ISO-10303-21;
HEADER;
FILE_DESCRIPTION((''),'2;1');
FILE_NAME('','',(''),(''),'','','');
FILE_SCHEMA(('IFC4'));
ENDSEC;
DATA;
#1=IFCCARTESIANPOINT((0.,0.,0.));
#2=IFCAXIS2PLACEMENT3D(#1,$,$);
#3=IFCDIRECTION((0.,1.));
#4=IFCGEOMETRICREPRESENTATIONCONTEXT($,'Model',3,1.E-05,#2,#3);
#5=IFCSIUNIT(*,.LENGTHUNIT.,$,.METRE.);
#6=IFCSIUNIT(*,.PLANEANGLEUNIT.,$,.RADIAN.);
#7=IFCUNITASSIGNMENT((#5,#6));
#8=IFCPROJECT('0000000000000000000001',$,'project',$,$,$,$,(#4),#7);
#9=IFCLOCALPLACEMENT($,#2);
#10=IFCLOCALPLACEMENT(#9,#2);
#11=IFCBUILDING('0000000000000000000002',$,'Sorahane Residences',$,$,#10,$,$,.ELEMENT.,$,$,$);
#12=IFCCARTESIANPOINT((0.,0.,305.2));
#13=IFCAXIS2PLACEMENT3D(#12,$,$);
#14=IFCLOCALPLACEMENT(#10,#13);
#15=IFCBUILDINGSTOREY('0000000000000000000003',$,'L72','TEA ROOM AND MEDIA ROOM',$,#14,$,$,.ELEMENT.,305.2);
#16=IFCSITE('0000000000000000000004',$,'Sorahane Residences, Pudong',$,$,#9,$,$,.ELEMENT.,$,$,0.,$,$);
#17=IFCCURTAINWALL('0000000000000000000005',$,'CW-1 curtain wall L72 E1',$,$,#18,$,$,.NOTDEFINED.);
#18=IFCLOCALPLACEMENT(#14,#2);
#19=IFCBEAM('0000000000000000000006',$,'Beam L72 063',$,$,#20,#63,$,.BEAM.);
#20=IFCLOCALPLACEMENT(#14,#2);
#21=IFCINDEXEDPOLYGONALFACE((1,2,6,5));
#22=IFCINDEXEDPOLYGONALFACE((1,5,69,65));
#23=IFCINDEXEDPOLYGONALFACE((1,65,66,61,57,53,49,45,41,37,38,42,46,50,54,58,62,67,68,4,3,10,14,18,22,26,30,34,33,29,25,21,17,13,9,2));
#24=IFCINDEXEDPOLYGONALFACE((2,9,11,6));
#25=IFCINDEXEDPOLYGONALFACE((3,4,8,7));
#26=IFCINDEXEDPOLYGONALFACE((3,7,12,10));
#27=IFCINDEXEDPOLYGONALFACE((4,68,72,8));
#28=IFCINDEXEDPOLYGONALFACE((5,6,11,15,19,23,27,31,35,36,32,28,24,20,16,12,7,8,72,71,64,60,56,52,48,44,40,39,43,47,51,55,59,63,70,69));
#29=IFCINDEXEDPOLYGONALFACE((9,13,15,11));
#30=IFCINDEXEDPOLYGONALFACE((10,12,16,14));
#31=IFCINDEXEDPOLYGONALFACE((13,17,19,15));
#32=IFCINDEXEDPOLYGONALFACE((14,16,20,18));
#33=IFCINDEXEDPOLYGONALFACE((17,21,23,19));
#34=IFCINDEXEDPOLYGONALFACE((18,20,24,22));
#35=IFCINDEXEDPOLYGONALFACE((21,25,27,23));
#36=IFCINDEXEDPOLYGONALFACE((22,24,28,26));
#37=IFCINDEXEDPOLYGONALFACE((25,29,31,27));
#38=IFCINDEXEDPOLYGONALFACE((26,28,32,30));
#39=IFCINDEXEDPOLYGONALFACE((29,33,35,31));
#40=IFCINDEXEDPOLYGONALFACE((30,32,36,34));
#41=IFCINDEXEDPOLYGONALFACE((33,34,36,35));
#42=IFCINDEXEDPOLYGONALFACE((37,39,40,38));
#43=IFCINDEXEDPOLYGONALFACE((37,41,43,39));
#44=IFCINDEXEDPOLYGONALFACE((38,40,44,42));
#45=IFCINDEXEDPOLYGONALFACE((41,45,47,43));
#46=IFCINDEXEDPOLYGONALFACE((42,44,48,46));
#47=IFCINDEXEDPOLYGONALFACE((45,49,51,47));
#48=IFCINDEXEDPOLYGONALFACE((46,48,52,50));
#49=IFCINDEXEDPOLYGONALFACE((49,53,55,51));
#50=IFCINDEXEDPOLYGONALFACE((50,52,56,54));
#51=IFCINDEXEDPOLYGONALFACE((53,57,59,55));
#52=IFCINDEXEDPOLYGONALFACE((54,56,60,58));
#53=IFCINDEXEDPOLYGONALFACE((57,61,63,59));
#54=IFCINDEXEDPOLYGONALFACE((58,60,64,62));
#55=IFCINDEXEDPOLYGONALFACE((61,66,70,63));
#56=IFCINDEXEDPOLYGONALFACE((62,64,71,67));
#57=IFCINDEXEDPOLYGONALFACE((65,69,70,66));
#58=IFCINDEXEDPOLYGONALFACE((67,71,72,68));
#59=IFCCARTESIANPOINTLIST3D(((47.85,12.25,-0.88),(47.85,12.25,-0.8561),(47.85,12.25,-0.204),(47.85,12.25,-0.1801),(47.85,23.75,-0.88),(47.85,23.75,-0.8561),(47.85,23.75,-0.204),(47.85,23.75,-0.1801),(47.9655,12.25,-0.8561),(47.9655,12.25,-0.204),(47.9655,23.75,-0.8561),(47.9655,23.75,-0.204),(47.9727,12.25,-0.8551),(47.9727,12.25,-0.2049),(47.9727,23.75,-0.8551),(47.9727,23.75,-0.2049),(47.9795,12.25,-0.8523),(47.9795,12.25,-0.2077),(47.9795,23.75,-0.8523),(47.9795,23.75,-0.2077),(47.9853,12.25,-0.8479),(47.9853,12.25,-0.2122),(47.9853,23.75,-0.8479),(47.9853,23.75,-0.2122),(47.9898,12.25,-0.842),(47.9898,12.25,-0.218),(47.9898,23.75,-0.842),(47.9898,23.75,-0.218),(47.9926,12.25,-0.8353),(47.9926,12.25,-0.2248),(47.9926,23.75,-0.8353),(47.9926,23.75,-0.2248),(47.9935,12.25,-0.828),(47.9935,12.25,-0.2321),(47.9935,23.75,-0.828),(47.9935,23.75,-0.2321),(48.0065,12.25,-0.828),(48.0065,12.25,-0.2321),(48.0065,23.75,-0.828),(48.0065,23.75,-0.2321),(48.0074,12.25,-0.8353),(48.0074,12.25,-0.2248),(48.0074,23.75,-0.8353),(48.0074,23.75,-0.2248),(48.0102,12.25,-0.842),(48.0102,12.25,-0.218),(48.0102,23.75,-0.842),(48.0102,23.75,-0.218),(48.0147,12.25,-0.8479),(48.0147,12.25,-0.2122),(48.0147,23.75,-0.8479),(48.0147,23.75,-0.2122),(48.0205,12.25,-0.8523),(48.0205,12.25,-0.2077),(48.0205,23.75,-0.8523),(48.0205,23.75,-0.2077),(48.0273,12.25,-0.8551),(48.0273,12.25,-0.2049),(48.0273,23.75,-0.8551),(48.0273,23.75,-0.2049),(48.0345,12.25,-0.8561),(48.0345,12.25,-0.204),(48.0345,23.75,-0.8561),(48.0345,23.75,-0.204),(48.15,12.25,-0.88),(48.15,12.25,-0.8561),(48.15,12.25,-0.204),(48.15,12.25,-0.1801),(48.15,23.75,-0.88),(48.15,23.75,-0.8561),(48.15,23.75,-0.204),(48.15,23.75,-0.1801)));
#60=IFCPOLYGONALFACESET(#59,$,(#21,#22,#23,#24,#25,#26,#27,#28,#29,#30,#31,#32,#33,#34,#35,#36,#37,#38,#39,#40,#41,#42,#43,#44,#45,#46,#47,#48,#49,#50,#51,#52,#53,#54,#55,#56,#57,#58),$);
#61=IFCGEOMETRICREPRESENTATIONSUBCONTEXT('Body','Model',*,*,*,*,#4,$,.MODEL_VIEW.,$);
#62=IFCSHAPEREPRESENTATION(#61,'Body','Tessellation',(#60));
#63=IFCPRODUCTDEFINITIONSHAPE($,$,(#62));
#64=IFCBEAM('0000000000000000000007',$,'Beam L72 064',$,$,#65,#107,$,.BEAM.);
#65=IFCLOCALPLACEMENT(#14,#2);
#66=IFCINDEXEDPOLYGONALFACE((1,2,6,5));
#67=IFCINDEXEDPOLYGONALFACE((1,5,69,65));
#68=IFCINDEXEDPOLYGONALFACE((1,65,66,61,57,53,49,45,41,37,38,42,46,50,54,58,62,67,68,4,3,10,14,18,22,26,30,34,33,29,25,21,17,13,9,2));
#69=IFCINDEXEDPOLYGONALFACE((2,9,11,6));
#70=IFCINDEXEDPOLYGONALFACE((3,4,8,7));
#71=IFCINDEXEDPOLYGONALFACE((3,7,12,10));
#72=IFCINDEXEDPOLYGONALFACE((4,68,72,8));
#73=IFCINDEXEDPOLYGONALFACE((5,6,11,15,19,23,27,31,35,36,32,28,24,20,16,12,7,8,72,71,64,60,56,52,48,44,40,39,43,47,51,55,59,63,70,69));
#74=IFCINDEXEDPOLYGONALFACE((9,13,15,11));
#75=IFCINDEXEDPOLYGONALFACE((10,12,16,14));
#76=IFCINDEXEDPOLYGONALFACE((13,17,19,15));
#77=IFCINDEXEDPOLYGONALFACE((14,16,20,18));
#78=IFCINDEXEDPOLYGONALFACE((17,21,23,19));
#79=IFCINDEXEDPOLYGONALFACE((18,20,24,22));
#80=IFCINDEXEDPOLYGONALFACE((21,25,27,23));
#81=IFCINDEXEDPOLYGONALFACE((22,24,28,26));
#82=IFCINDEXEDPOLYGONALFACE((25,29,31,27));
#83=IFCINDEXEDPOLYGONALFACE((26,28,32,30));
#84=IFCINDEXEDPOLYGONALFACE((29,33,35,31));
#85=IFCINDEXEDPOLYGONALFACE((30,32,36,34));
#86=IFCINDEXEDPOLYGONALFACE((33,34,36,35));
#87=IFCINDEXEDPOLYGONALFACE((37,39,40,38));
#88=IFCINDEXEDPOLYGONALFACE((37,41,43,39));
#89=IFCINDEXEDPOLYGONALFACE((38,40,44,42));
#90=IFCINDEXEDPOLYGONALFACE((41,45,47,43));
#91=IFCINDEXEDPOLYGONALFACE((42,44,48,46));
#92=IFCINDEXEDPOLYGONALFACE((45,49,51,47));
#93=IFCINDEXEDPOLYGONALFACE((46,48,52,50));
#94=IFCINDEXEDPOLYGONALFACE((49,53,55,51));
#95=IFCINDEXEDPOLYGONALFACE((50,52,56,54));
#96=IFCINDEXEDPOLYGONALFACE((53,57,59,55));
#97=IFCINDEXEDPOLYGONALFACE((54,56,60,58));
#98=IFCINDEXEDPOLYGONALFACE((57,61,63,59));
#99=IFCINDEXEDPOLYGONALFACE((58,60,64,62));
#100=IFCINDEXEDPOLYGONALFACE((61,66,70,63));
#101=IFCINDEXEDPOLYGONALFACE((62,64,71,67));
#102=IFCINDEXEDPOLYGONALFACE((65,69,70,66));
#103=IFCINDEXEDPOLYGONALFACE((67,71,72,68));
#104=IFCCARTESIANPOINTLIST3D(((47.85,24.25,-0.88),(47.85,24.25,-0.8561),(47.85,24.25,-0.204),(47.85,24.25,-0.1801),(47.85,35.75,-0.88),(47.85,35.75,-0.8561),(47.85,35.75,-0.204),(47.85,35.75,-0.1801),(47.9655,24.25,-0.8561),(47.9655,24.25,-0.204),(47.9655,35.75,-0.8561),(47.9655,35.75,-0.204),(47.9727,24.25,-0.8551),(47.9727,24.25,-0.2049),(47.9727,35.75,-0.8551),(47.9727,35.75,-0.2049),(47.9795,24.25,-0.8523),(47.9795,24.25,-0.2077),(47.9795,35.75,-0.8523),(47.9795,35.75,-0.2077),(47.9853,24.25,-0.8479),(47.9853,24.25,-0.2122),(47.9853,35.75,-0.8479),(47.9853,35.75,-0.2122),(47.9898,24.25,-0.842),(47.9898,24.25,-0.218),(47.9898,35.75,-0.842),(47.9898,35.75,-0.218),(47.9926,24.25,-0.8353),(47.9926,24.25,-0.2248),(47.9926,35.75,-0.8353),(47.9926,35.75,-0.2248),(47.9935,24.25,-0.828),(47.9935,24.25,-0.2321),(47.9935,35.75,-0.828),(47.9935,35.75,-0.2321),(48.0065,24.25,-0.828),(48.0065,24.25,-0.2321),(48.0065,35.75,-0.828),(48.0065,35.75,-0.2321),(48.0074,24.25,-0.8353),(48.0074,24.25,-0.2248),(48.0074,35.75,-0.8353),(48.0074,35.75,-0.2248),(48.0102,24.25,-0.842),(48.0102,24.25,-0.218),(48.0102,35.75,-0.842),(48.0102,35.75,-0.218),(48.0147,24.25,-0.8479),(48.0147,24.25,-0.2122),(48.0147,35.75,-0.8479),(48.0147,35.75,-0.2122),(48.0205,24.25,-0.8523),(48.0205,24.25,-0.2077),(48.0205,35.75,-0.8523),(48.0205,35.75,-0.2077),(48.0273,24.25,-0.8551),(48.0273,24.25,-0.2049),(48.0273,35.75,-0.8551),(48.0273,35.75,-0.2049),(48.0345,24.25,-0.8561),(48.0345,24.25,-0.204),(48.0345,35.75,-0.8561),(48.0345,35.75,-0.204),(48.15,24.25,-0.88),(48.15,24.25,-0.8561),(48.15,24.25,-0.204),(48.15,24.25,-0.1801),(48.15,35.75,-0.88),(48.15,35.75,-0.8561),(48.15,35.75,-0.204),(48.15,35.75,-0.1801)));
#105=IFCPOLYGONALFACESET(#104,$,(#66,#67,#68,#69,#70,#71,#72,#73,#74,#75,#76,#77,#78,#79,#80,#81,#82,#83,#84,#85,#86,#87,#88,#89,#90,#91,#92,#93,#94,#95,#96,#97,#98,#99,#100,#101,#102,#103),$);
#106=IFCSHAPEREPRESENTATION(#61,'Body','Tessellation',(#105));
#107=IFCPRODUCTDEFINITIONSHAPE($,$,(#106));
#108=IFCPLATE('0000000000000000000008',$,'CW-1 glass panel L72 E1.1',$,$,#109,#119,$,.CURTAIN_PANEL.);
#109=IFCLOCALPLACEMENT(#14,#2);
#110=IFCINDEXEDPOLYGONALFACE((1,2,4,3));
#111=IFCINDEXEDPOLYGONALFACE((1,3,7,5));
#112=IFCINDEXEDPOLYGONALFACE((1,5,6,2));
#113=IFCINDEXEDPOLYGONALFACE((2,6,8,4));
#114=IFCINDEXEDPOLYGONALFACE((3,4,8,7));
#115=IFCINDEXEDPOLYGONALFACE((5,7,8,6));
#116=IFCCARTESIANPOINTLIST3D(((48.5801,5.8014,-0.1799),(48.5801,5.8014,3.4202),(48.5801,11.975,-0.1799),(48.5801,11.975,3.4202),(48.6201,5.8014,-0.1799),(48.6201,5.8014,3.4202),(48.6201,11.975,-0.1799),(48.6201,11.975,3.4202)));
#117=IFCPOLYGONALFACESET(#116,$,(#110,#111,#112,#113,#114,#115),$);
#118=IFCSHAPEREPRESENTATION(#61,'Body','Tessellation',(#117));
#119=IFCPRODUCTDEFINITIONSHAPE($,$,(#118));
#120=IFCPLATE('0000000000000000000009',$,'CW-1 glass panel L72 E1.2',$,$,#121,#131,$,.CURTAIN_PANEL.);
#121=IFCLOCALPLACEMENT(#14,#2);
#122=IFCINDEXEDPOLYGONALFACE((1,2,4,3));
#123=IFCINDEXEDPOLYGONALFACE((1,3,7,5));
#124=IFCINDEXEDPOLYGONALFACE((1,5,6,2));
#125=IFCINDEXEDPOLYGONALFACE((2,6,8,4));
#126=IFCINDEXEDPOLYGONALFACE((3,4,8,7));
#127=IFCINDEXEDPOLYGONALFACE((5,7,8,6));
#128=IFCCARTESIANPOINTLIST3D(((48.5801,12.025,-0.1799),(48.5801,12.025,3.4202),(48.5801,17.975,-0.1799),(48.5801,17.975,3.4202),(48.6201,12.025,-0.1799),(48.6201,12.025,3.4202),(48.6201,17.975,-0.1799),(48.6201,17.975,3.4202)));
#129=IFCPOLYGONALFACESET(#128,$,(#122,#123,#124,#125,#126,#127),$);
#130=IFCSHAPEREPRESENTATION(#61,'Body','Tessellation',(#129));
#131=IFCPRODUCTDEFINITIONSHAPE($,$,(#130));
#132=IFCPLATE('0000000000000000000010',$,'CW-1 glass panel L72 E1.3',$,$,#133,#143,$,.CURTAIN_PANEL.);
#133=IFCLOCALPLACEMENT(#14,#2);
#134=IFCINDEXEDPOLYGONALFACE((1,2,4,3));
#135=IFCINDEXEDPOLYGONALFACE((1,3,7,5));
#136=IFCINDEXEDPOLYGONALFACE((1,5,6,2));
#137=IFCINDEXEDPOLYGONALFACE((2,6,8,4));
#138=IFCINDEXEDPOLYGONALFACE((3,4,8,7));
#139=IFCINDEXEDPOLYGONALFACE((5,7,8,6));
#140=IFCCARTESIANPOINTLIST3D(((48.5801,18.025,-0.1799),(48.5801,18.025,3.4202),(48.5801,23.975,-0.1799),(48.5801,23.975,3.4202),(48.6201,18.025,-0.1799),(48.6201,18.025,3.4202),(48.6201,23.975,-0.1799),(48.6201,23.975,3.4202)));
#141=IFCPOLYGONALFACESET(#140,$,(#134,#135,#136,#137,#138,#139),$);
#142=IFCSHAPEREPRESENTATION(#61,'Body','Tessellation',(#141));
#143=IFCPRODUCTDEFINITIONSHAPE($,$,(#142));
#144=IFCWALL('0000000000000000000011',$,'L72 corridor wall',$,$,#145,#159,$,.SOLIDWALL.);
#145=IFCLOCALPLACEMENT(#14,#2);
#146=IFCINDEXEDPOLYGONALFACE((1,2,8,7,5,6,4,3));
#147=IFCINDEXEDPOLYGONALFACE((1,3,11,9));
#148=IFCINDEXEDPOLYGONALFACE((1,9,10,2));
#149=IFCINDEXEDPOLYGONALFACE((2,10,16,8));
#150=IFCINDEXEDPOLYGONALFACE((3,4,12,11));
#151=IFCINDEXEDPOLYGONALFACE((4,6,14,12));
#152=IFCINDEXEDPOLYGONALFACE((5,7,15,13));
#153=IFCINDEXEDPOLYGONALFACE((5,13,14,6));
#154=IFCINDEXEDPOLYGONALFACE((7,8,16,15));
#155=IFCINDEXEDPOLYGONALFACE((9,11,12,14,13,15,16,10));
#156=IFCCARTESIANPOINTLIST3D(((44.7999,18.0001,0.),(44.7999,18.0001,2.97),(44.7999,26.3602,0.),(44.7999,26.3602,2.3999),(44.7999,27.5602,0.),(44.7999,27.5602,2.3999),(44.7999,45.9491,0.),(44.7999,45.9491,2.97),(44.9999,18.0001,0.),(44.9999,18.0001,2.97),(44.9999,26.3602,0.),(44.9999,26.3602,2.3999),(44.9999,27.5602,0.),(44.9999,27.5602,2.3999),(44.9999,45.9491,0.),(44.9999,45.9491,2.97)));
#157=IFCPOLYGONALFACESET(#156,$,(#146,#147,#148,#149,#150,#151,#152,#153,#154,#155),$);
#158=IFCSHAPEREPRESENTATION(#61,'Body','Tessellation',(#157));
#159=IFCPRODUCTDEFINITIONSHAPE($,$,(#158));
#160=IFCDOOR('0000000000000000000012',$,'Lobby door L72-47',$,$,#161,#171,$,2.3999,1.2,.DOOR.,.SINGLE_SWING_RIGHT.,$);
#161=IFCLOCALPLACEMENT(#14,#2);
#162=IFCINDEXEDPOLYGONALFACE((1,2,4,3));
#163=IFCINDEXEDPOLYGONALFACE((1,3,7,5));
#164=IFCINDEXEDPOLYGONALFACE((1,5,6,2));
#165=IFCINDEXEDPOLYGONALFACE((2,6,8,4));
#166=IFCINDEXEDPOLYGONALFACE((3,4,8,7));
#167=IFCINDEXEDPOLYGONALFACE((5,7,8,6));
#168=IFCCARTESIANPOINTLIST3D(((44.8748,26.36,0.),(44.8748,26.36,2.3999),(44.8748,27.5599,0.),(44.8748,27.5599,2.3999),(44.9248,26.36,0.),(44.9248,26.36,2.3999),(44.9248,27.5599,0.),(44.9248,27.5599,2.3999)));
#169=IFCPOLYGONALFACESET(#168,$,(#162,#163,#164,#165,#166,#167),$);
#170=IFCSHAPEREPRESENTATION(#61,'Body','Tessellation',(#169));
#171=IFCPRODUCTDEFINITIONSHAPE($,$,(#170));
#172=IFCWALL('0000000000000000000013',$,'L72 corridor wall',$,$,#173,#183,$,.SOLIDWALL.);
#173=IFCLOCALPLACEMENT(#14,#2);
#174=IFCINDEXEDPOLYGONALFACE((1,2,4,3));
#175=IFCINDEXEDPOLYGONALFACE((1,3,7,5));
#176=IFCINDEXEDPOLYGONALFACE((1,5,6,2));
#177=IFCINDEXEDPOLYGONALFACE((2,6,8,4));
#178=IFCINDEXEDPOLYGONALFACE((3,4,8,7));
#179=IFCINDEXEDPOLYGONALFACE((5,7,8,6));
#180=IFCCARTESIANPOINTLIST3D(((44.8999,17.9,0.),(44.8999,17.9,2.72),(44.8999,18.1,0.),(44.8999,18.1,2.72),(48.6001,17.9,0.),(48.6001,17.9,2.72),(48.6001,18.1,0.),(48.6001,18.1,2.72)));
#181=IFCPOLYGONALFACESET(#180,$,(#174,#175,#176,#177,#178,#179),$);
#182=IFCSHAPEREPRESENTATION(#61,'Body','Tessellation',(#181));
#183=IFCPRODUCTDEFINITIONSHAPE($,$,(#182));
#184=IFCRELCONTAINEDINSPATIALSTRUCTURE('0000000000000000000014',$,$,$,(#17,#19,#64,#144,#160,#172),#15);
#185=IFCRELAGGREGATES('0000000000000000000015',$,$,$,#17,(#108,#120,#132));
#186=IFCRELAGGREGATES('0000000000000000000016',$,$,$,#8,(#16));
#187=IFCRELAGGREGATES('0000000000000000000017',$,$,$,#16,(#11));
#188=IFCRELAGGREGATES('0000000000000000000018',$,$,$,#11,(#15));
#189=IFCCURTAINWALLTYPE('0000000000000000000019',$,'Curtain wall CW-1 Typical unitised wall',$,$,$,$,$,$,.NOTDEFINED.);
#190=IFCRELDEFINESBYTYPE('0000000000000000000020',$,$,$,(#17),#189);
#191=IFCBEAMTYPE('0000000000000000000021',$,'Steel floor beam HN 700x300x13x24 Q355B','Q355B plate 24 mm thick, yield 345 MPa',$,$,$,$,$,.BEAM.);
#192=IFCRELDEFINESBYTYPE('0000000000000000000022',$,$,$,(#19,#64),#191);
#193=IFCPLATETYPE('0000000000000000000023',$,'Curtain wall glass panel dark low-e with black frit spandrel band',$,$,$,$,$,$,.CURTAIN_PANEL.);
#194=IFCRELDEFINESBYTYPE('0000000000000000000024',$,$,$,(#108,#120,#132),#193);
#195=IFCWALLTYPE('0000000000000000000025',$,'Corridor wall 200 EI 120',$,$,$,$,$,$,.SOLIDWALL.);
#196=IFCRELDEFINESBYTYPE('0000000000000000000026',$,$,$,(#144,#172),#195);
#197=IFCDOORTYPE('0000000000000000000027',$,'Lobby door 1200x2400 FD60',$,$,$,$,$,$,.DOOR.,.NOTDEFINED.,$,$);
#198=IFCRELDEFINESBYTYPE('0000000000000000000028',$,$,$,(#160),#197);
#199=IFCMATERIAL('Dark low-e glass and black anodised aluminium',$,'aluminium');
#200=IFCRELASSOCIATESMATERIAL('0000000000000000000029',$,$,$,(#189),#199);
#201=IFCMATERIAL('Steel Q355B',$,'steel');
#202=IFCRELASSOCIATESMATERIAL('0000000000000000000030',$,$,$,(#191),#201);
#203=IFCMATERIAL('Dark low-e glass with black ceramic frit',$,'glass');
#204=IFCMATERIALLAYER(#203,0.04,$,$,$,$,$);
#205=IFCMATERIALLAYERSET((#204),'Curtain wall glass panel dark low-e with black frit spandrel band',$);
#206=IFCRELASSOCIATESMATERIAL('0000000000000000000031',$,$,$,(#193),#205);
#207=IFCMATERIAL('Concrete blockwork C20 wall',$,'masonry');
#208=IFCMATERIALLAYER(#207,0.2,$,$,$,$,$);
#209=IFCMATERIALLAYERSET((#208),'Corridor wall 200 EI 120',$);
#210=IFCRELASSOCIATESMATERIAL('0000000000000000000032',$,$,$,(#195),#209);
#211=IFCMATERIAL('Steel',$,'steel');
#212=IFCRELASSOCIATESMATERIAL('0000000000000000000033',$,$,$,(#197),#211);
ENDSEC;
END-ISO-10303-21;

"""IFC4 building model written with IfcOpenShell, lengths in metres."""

from ifc_helpers import new_model, si_unit, direction, frame, frame_2d, origin, origin_2d, place, context, subcontext, project, spatial, rectangle, i_section, extrude, material, layer, layer_set, material_profile, profile_set, type_object, element, fill, aggregate, save


model = new_model("IFC4")

# Units and contexts
model_context = context("Model", 3, precision=1e-05, world=origin(), true_north=direction((0.0, 1.0)))
body_context = subcontext(model_context, "Body", "Model", "MODEL_VIEW")
ifc_project = project(units=[si_unit("LENGTHUNIT", "METRE"), si_unit("PLANEANGLEUNIT", "RADIAN")], contexts=[model_context])

# Site, building, storey
site_placement = place(None, origin())
site = spatial("IfcSite", under=ifc_project, at=site_placement, Name="Sorahane Residences, Pudong", CompositionType="ELEMENT", RefElevation=0.0)
building_placement = place(site_placement, origin())
building = spatial("IfcBuilding", under=site, at=building_placement, Name="Sorahane Residences", CompositionType="ELEMENT")
storey_placement = place(building_placement, frame((0.0, 0.0, 305.2)))
storey = spatial("IfcBuildingStorey", under=building, at=storey_placement, Name="L72", Description="TEA ROOM AND MEDIA ROOM", CompositionType="ELEMENT", Elevation=305.2)

# Curtain wall
ifc_material_1 = material(Name="Dark low-e glass and black anodised aluminium", Category="aluminium")
curtain_wall_type = type_object("IfcCurtainWallType", Name="Curtain wall CW-1 Typical unitised wall", PredefinedType="NOTDEFINED", material=ifc_material_1)
curtain_wall_placement = place(storey_placement, origin())
curtain_wall = element("IfcCurtainWall", 1, at=curtain_wall_placement, inside=storey, type_object=curtain_wall_type, Name="CW-1 curtain wall L72 E1", PredefinedType="NOTDEFINED")

# Beams
ifc_material_2 = material(Name="Steel Q355B", Category="steel")
ifc_material_profile_1 = material_profile(ifc_material_2, i_section(OverallWidth=0.3, OverallDepth=0.7, WebThickness=0.0129, FlangeThickness=0.0239, FilletRadius=0.0281, at=origin_2d()), Name="HN 700x300x13x24")
ifc_profile_set_1 = profile_set([ifc_material_profile_1], Name="Steel Q355B")
beam_type_1 = type_object("IfcBeamType", Name="Steel floor beam HN 700x300x13x24 Q355B", Description="Q355B plate 24 mm thick, yield 345 MPa", PredefinedType="BEAM", material=ifc_profile_set_1)
for number, where, z_axis, x_axis, name in (
    (2, (48.0, 12.25, -0.53), (0.0, 1.0, 0.0), (-1.0, 0.0, 0.0), "Beam L72 063"),
    (3, (48.0, 24.25, -0.53), (0.0, 1.0, 0.0), (-1.0, 0.0, 0.0), "Beam L72 064"),
):
    element("IfcBeam", number, at=place(storey_placement, frame(where, z_axis=z_axis, x_axis=x_axis)), inside=storey, type_object=beam_type_1, Name=name, PredefinedType="BEAM", context=body_context, shape_type="SweptSolid", body=[
        extrude(i_section(OverallWidth=0.3, OverallDepth=0.7, WebThickness=0.0129, FlangeThickness=0.0239, FilletRadius=0.0281, at=origin_2d()), origin(), (0.0, 0.0, 1.0), 11.5),
    ])

# Plates
ifc_material_3 = material(Name="Dark low-e glass with black ceramic frit", Category="glass")
ifc_layer_1 = layer(ifc_material_3, 0.04)
ifc_layer_set_1 = layer_set([ifc_layer_1], Name="Curtain wall glass panel dark low-e with black frit spandrel band")
plate_type = type_object("IfcPlateType", Name="Curtain wall glass panel dark low-e with black frit spandrel band", PredefinedType="CURTAIN_PANEL", material=ifc_layer_set_1)
plate_1_placement = place(storey_placement, frame((48.6001, 8.8882, -0.1799), z_axis=(0.0, 0.0, 1.0), x_axis=(0.0, 1.0, 0.0)))
plate_1 = element("IfcPlate", 4, at=plate_1_placement, type_object=plate_type, Name="CW-1 glass panel L72 E1.1", PredefinedType="CURTAIN_PANEL", context=body_context, shape_type="SweptSolid", body=[
    extrude(rectangle(XDim=6.1736, YDim=0.04, at=origin_2d()), origin(), (0.0, 0.0, 1.0), 3.6001),
])
plate_2_placement = place(storey_placement, frame((48.6001, 15.0, -0.1799), z_axis=(0.0, 0.0, 1.0), x_axis=(0.0, 1.0, 0.0)))
plate_2 = element("IfcPlate", 5, at=plate_2_placement, type_object=plate_type, Name="CW-1 glass panel L72 E1.2", PredefinedType="CURTAIN_PANEL", context=body_context, shape_type="SweptSolid", body=[
    extrude(rectangle(XDim=5.95, YDim=0.04, at=origin_2d()), origin(), (0.0, 0.0, 1.0), 3.6001),
])
plate_3_placement = place(storey_placement, frame((48.6001, 21.0, -0.1799), z_axis=(0.0, 0.0, 1.0), x_axis=(0.0, 1.0, 0.0)))
plate_3 = element("IfcPlate", 6, at=plate_3_placement, type_object=plate_type, Name="CW-1 glass panel L72 E1.3", PredefinedType="CURTAIN_PANEL", context=body_context, shape_type="SweptSolid", body=[
    extrude(rectangle(XDim=5.95, YDim=0.04, at=origin_2d()), origin(), (0.0, 0.0, 1.0), 3.6001),
])
aggregate(curtain_wall, [plate_1, plate_2, plate_3])

# Wall, opening, door
ifc_material_4 = material(Name="Concrete blockwork C20 wall", Category="masonry")
ifc_layer_2 = layer(ifc_material_4, 0.2)
ifc_layer_set_2 = layer_set([ifc_layer_2], Name="Corridor wall 200 EI 120")
wall_type = type_object("IfcWallType", Name="Corridor wall 200 EI 120", PredefinedType="SOLIDWALL", material=ifc_layer_set_2)
wall_1_placement = place(storey_placement, frame((44.8999, 18.0, 0.0), z_axis=(0.0, 0.0, 1.0), x_axis=(0.0, 1.0, 0.0)))
wall_1 = element("IfcWall", 7, at=wall_1_placement, inside=storey, type_object=wall_type, Name="L72 corridor wall", PredefinedType="SOLIDWALL", context=body_context, shape_type="SweptSolid", body=[
    extrude(rectangle(XDim=27.949, YDim=0.2, at=frame_2d((13.9746, 0.0))), origin(), (0.0, 0.0, 1.0), 2.97),
])
opening_placement = place(wall_1_placement, frame((8.3601, 0.0, 0.0)))
opening = element("IfcOpeningElement", 8, at=opening_placement, cuts=wall_1, PredefinedType="OPENING", context=body_context, shape_type="SweptSolid", body=[
    extrude(rectangle(XDim=1.2, YDim=2.3999, at=frame_2d((0.6001, 1.2))), frame((0.0, 0.1099, 0.0), z_axis=(0.0, -1.0, 0.0), x_axis=(1.0, 0.0, 0.0)), (0.0, 0.0, 1.0), 0.22),
])
ifc_material_5 = material(Name="Steel", Category="steel")
door_type = type_object("IfcDoorType", Name="Lobby door 1200x2400 FD60", OperationType="NOTDEFINED", PredefinedType="DOOR", material=ifc_material_5)
door_placement = place(opening_placement, frame((1.2, 0.0, 0.0), z_axis=(0.0, 0.0, 1.0), x_axis=(-1.0, 0.0, 0.0)))
door = element("IfcDoor", 9, at=door_placement, inside=storey, type_object=door_type, Name="Lobby door L72-47", OperationType="SINGLE_SWING_RIGHT", OverallHeight=2.3999, OverallWidth=1.2, PredefinedType="DOOR", context=body_context, shape_type="SweptSolid", body=[
    extrude(rectangle(XDim=1.2, YDim=2.3999, at=frame_2d((0.6001, 1.2))), frame((0.0, 0.0249, 0.0), z_axis=(0.0, -1.0, 0.0), x_axis=(1.0, 0.0, 0.0)), (0.0, 0.0, 1.0), 0.05),
])
fill(opening, door)

# Wall
wall_2_placement = place(storey_placement, frame((44.8999, 18.0, 0.0), z_axis=(0.0, 0.0, 1.0), x_axis=(1.0, 0.0, 0.0)))
element("IfcWall", 10, at=wall_2_placement, inside=storey, type_object=wall_type, Name="L72 corridor wall", PredefinedType="SOLIDWALL", context=body_context, shape_type="SweptSolid", body=[
    extrude(rectangle(XDim=3.7002, YDim=0.2, at=frame_2d((1.8501, 0.0))), origin(), (0.0, 0.0, 1.0), 2.72),
])

save(model, "model.ifc")
